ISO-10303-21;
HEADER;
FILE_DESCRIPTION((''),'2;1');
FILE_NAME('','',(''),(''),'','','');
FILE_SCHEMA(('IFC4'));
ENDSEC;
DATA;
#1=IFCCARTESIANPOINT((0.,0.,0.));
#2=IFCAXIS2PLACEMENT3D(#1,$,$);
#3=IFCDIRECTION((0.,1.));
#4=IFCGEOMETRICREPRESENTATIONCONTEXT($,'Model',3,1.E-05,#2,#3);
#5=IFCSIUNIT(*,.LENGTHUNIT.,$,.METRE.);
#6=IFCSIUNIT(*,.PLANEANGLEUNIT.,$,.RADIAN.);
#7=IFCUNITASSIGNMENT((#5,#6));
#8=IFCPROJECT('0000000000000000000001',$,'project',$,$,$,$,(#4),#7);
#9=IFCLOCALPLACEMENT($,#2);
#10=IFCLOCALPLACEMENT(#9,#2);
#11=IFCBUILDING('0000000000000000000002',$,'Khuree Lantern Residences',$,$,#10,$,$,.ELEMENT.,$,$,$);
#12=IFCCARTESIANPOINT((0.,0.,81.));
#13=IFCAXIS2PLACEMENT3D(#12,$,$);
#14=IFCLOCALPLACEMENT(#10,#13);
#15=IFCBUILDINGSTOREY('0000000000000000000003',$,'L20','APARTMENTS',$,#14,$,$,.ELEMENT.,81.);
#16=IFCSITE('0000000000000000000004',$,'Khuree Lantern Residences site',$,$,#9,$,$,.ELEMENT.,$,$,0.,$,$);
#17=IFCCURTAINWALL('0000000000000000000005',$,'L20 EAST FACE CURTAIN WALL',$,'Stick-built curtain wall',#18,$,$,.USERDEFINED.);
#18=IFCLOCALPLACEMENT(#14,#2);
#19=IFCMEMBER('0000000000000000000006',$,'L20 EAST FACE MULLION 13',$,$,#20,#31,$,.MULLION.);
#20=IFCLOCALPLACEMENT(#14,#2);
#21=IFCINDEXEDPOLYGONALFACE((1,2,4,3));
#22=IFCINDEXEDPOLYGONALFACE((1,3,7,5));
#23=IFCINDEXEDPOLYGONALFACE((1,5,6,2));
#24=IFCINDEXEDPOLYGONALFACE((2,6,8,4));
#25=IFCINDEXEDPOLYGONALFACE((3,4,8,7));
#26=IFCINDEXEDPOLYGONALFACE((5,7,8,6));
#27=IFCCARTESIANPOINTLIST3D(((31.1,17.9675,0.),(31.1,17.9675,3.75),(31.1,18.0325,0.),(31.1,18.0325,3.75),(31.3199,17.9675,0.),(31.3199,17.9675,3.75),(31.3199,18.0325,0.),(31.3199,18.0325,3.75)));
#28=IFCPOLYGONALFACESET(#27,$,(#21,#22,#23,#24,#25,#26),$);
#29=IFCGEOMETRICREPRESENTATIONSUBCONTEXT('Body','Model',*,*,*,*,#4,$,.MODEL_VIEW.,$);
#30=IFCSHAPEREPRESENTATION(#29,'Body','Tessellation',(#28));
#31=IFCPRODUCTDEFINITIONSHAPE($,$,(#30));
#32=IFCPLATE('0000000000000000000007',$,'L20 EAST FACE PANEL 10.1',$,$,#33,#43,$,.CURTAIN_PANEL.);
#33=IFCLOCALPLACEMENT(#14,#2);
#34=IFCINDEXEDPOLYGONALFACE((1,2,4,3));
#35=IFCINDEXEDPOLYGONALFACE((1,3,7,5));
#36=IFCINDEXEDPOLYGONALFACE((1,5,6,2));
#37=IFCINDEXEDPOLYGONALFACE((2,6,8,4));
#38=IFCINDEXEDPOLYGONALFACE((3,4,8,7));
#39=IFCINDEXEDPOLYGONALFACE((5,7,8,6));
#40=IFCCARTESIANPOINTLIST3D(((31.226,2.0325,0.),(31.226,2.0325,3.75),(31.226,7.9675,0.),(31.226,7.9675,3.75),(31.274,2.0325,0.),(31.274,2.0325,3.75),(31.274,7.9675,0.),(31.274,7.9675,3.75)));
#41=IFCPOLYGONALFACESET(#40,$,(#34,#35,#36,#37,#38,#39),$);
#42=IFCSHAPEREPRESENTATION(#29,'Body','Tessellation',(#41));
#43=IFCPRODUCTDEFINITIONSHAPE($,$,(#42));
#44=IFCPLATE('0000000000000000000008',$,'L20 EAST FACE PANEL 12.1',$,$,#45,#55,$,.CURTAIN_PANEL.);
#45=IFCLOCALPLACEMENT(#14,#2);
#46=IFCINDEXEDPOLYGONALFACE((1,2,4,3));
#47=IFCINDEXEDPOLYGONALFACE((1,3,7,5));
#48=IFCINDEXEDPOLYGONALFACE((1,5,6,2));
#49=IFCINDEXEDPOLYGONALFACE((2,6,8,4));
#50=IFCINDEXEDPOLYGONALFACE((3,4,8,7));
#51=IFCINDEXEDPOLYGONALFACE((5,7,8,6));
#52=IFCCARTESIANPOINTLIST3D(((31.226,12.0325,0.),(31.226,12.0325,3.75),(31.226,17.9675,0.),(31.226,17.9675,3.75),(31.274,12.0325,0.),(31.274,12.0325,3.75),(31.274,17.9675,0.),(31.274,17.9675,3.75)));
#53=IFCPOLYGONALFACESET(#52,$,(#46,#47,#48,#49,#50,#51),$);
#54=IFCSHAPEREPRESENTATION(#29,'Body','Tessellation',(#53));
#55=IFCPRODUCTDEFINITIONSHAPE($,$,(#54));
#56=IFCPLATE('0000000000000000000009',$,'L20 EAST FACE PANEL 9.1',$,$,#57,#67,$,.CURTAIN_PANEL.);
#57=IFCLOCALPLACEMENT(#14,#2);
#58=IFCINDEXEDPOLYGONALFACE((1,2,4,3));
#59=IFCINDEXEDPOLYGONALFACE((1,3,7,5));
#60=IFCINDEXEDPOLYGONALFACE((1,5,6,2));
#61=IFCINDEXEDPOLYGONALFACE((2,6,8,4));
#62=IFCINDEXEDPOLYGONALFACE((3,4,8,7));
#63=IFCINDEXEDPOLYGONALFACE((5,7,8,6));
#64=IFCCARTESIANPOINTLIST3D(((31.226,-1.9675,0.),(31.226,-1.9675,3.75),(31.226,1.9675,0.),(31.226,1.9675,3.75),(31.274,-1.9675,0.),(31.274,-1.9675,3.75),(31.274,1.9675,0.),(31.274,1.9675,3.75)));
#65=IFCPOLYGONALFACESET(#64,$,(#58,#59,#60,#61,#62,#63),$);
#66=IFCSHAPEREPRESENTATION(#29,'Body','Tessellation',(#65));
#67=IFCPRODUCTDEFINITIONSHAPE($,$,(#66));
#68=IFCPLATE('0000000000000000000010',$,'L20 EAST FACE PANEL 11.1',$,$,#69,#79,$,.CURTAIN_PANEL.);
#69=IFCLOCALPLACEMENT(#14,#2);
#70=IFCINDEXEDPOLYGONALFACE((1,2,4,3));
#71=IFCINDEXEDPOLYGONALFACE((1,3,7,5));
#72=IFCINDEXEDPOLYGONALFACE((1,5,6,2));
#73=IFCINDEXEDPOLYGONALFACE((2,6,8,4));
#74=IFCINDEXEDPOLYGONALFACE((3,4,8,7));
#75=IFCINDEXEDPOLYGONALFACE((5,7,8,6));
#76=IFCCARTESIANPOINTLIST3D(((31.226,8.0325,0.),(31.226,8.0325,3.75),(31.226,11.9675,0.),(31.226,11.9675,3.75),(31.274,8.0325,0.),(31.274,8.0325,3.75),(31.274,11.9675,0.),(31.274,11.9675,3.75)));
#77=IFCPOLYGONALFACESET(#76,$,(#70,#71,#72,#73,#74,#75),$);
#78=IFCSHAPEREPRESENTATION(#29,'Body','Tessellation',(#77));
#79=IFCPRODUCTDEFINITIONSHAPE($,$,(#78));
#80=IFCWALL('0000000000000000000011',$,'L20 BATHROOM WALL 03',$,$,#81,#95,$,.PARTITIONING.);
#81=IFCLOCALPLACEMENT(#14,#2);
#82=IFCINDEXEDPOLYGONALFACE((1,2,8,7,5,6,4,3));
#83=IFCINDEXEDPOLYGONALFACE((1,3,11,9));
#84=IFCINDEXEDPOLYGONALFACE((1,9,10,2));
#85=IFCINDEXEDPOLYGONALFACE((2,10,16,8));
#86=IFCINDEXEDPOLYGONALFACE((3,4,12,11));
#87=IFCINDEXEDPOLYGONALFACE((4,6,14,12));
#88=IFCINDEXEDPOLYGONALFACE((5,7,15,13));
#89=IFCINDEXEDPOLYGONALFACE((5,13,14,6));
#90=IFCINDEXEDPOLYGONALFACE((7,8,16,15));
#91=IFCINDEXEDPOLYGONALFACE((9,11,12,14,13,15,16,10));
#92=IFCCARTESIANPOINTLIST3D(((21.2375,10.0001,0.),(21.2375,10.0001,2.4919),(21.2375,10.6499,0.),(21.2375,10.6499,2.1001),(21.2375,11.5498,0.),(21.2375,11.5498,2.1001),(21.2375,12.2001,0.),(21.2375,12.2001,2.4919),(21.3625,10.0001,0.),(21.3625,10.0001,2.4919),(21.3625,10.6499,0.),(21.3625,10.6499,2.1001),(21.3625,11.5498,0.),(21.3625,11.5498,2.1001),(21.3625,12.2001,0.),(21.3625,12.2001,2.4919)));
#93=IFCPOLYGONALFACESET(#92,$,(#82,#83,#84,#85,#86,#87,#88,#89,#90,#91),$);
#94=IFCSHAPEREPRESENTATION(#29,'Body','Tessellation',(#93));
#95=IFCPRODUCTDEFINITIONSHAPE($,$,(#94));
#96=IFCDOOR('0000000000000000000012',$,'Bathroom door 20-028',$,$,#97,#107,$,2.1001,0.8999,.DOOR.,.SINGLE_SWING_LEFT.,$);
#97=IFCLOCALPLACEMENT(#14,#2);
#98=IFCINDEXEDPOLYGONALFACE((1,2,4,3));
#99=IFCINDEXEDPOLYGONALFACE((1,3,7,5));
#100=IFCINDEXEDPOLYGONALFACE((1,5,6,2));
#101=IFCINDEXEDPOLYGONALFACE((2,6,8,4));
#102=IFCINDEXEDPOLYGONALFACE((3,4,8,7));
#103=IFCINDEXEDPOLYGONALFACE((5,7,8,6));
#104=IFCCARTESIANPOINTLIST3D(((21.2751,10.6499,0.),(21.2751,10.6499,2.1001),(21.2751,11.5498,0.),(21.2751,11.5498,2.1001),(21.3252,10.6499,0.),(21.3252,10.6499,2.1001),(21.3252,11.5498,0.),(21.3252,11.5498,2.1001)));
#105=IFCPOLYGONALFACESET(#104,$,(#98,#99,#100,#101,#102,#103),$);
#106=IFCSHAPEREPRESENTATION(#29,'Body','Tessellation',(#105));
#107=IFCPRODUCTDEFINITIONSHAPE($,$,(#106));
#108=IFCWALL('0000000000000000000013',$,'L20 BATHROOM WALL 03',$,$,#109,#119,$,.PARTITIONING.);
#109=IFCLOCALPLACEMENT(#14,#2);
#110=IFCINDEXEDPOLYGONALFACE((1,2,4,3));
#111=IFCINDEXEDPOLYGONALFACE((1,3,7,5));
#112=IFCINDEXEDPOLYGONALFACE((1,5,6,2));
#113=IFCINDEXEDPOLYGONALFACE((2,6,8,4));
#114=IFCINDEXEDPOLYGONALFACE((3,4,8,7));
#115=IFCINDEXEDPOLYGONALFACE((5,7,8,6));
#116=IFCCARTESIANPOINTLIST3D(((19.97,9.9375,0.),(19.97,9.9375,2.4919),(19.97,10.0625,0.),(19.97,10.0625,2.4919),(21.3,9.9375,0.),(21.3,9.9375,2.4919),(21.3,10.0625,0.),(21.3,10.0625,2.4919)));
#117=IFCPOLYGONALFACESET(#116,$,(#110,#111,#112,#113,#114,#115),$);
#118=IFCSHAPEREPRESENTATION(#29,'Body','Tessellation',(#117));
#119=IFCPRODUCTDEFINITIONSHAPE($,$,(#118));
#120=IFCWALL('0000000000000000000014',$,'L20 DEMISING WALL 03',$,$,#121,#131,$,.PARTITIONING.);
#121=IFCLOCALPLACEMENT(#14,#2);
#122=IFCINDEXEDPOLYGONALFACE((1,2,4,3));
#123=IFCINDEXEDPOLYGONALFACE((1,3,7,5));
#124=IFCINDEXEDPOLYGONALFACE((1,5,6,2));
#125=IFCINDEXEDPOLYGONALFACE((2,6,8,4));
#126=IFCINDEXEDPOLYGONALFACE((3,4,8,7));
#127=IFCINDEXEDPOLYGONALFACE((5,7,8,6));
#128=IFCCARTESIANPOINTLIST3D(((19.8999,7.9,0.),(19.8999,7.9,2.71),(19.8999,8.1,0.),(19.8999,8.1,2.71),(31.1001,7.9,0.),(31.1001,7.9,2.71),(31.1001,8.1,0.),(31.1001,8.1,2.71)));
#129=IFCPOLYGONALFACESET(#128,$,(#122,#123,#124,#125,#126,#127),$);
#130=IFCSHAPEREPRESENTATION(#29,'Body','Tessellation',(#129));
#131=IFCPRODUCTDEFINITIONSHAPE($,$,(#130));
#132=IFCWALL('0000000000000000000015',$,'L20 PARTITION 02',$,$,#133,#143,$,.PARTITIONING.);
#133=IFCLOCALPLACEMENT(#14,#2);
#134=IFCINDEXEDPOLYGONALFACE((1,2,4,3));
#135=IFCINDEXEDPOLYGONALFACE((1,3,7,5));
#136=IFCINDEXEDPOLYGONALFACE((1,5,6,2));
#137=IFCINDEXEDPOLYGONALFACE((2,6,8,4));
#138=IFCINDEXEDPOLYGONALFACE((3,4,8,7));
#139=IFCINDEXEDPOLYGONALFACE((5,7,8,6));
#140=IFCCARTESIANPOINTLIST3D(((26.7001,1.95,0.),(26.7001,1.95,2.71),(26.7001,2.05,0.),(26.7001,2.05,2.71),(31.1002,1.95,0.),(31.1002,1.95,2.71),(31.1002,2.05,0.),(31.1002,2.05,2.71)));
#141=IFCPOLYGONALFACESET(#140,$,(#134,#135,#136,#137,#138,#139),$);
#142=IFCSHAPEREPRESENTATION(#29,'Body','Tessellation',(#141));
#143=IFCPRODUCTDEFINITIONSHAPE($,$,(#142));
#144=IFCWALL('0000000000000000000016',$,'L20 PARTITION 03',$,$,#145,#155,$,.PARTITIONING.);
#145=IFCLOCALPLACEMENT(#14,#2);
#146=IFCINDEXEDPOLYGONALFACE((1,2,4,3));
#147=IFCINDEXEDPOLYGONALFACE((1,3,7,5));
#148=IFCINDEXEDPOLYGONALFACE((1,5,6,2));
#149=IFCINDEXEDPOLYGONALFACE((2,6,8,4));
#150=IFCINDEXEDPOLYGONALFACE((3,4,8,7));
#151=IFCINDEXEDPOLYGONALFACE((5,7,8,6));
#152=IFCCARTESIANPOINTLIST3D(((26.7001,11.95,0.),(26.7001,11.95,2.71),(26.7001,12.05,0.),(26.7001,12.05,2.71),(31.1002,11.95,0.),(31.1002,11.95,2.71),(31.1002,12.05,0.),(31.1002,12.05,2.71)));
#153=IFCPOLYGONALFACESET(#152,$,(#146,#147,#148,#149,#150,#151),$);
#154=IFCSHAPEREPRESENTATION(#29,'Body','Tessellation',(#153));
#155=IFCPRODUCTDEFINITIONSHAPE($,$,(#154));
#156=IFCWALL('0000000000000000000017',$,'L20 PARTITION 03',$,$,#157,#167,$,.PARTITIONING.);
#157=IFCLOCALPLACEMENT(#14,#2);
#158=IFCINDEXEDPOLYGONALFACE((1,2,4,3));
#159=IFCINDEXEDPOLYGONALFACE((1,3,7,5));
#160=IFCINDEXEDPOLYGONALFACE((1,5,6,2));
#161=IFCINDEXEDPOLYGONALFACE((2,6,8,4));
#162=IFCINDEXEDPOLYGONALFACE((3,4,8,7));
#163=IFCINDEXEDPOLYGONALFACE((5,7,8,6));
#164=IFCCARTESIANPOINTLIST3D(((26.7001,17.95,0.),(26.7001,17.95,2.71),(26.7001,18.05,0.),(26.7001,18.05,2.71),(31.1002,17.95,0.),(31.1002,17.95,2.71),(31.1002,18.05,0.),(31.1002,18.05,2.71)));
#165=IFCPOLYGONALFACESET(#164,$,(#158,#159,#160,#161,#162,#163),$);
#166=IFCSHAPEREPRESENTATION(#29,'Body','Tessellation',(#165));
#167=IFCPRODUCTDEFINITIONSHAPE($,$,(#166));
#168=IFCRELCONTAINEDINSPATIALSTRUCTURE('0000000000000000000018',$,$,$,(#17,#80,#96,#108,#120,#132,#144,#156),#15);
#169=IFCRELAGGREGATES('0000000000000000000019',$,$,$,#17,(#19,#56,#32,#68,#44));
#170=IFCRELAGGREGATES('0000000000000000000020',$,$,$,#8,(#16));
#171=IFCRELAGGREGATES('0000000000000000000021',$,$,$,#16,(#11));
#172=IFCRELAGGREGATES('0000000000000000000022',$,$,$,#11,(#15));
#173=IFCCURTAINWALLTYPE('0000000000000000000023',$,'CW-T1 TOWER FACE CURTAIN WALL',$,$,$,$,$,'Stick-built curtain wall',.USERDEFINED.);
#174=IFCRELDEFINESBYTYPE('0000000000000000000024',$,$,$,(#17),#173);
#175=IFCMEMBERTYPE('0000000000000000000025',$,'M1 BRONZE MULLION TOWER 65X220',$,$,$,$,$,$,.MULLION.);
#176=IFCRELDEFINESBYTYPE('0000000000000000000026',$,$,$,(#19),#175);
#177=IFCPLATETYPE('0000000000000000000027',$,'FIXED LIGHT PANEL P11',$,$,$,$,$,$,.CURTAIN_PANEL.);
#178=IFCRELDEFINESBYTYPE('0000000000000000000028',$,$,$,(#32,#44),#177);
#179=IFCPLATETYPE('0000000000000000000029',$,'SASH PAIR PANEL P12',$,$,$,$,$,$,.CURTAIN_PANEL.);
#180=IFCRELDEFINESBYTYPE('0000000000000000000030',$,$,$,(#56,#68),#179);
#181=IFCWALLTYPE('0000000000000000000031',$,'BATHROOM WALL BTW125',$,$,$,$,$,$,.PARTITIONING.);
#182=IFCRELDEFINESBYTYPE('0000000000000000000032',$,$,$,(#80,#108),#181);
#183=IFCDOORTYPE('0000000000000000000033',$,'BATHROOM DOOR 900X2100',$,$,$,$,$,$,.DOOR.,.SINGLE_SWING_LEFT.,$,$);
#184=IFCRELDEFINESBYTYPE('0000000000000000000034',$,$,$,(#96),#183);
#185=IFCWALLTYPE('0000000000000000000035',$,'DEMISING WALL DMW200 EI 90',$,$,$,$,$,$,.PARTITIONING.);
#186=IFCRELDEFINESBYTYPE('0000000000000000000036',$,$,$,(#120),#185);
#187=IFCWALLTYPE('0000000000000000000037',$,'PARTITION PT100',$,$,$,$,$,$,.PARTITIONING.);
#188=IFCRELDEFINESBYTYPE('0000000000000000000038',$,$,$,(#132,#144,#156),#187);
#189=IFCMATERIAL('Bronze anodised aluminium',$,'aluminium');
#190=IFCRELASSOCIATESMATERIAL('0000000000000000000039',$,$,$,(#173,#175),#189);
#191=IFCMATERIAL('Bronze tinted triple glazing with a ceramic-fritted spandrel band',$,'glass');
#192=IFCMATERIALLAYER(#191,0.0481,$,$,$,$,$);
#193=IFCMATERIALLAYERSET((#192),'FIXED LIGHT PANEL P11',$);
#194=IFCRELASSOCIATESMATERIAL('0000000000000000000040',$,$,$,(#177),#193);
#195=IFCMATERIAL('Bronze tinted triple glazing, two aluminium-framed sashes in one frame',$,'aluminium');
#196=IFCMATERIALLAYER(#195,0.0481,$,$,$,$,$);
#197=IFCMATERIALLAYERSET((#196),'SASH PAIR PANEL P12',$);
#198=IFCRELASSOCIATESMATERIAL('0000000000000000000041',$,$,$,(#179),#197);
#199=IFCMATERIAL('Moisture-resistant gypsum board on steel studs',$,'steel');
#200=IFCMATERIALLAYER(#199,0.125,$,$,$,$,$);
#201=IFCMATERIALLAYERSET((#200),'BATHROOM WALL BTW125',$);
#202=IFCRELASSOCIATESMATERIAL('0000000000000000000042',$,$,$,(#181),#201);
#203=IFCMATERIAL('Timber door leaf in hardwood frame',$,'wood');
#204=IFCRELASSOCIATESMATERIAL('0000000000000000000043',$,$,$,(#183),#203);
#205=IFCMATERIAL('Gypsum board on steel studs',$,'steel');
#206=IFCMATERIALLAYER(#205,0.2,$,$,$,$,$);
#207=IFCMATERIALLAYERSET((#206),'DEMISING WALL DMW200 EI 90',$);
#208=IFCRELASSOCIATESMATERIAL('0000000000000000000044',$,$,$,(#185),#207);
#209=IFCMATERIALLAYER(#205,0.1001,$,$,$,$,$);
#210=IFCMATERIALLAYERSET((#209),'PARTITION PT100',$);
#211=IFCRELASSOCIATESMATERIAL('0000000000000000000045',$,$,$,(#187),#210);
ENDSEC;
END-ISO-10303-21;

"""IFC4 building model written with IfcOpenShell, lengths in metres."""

from ifc_helpers import new_model, si_unit, direction, frame, frame_2d, origin, origin_2d, place, context, subcontext, project, spatial, rectangle, extrude, material, layer, layer_set, material_profile, profile_set, type_object, element, fill, aggregate, save


model = new_model("IFC4")

# Units and contexts
model_context = context("Model", 3, precision=1e-05, world=origin(), true_north=direction((0.0, 1.0)))
body_context = subcontext(model_context, "Body", "Model", "MODEL_VIEW")
ifc_project = project(units=[si_unit("LENGTHUNIT", "METRE"), si_unit("PLANEANGLEUNIT", "RADIAN")], contexts=[model_context])

# Site, building, storey
site_placement = place(None, origin())
site = spatial("IfcSite", under=ifc_project, at=site_placement, Name="Khuree Lantern Residences site", CompositionType="ELEMENT", RefElevation=0.0)
building_placement = place(site_placement, origin())
building = spatial("IfcBuilding", under=site, at=building_placement, Name="Khuree Lantern Residences", CompositionType="ELEMENT")
storey_placement = place(building_placement, frame((0.0, 0.0, 81.0)))
storey = spatial("IfcBuildingStorey", under=building, at=storey_placement, Name="L20", Description="APARTMENTS", CompositionType="ELEMENT", Elevation=81.0)

# Curtain wall
ifc_material_1 = material(Name="Bronze anodised aluminium", Category="aluminium")
curtain_wall_type = type_object("IfcCurtainWallType", Name="CW-T1 TOWER FACE CURTAIN WALL", ElementType="Stick-built curtain wall", PredefinedType="USERDEFINED", material=ifc_material_1)
curtain_wall_placement = place(storey_placement, origin())
curtain_wall = element("IfcCurtainWall", 1, at=curtain_wall_placement, inside=storey, type_object=curtain_wall_type, Name="L20 EAST FACE CURTAIN WALL", ObjectType="Stick-built curtain wall", PredefinedType="USERDEFINED")

# Member
ifc_material_profile_1 = material_profile(ifc_material_1, rectangle(XDim=0.0649, YDim=0.22, at=origin_2d()), Name="M1 65X220")
ifc_profile_set_1 = profile_set([ifc_material_profile_1], Name="Bronze anodised aluminium")
member_type_1 = type_object("IfcMemberType", Name="M1 BRONZE MULLION TOWER 65X220", PredefinedType="MULLION", material=ifc_profile_set_1)
member_1_placement = place(storey_placement, frame((31.21, 18.0, 0.0), z_axis=(0.0, 0.0, 1.0), x_axis=(0.0, 1.0, 0.0)))
member_1 = element("IfcMember", 2, at=member_1_placement, type_object=member_type_1, Name="L20 EAST FACE MULLION 13", PredefinedType="MULLION", context=body_context, shape_type="SweptSolid", body=[
    extrude(rectangle(XDim=0.0649, YDim=0.22, at=origin_2d()), origin(), (0.0, 0.0, 1.0), 3.75),
])

# Plates
ifc_material_2 = material(Name="Bronze tinted triple glazing with a ceramic-fritted spandrel band", Category="glass")
ifc_layer_1 = layer(ifc_material_2, 0.0481)
ifc_layer_set_1 = layer_set([ifc_layer_1], Name="FIXED LIGHT PANEL P11")
plate_type_1 = type_object("IfcPlateType", Name="FIXED LIGHT PANEL P11", PredefinedType="CURTAIN_PANEL", material=ifc_layer_set_1)
plate_1_placement = place(storey_placement, frame((31.25, 5.0, 0.0), z_axis=(0.0, 0.0, 1.0), x_axis=(0.0, 1.0, 0.0)))
plate_1 = element("IfcPlate", 3, at=plate_1_placement, type_object=plate_type_1, Name="L20 EAST FACE PANEL 10.1", PredefinedType="CURTAIN_PANEL", context=body_context, shape_type="SweptSolid", body=[
    extrude(rectangle(XDim=5.9351, YDim=0.0481, at=origin_2d()), origin(), (0.0, 0.0, 1.0), 3.75),
])
plate_2_placement = place(storey_placement, frame((31.25, 15.0, 0.0), z_axis=(0.0, 0.0, 1.0), x_axis=(0.0, 1.0, 0.0)))
plate_2 = element("IfcPlate", 4, at=plate_2_placement, type_object=plate_type_1, Name="L20 EAST FACE PANEL 12.1", PredefinedType="CURTAIN_PANEL", context=body_context, shape_type="SweptSolid", body=[
    extrude(rectangle(XDim=5.9351, YDim=0.0481, at=origin_2d()), origin(), (0.0, 0.0, 1.0), 3.75),
])
ifc_material_3 = material(Name="Bronze tinted triple glazing, two aluminium-framed sashes in one frame", Category="aluminium")
ifc_layer_2 = layer(ifc_material_3, 0.0481)
ifc_layer_set_2 = layer_set([ifc_layer_2], Name="SASH PAIR PANEL P12")
plate_type_2 = type_object("IfcPlateType", Name="SASH PAIR PANEL P12", PredefinedType="CURTAIN_PANEL", material=ifc_layer_set_2)
plate_3_placement = place(storey_placement, frame((31.25, 0.0, 0.0), z_axis=(0.0, 0.0, 1.0), x_axis=(0.0, 1.0, 0.0)))
plate_3 = element("IfcPlate", 5, at=plate_3_placement, type_object=plate_type_2, Name="L20 EAST FACE PANEL 9.1", PredefinedType="CURTAIN_PANEL", context=body_context, shape_type="SweptSolid", body=[
    extrude(rectangle(XDim=3.9351, YDim=0.0481, at=origin_2d()), origin(), (0.0, 0.0, 1.0), 3.75),
])
plate_4_placement = place(storey_placement, frame((31.25, 10.0, 0.0), z_axis=(0.0, 0.0, 1.0), x_axis=(0.0, 1.0, 0.0)))
plate_4 = element("IfcPlate", 6, at=plate_4_placement, type_object=plate_type_2, Name="L20 EAST FACE PANEL 11.1", PredefinedType="CURTAIN_PANEL", context=body_context, shape_type="SweptSolid", body=[
    extrude(rectangle(XDim=3.9351, YDim=0.0481, at=origin_2d()), origin(), (0.0, 0.0, 1.0), 3.75),
])
aggregate(curtain_wall, [member_1, plate_3, plate_1, plate_4, plate_2])

# Wall, opening, door
ifc_material_4 = material(Name="Moisture-resistant gypsum board on steel studs", Category="steel")
ifc_layer_3 = layer(ifc_material_4, 0.125)
ifc_layer_set_3 = layer_set([ifc_layer_3], Name="BATHROOM WALL BTW125")
wall_type_1 = type_object("IfcWallType", Name="BATHROOM WALL BTW125", PredefinedType="PARTITIONING", material=ifc_layer_set_3)
wall_1_placement = place(storey_placement, frame((21.3, 10.0, 0.0), z_axis=(0.0, 0.0, 1.0), x_axis=(0.0, 1.0, 0.0)))
wall_1 = element("IfcWall", 7, at=wall_1_placement, inside=storey, type_object=wall_type_1, Name="L20 BATHROOM WALL 03", PredefinedType="PARTITIONING", context=body_context, shape_type="SweptSolid", body=[
    extrude(rectangle(XDim=2.2, YDim=0.125, at=frame_2d((1.1001, 0.0))), origin(), (0.0, 0.0, 1.0), 2.4919),
])
opening_1_placement = place(wall_1_placement, frame((0.6499, 0.0, 0.0)))
opening_1 = element("IfcOpeningElement", 8, at=opening_1_placement, cuts=wall_1, PredefinedType="OPENING", context=body_context, shape_type="SweptSolid", body=[
    extrude(rectangle(XDim=0.8999, YDim=2.1001, at=frame_2d((0.45, 1.05))), frame((0.0, 0.0725, 0.0), z_axis=(0.0, -1.0, 0.0), x_axis=(1.0, 0.0, 0.0)), (0.0, 0.0, 1.0), 0.145),
])
ifc_material_5 = material(Name="Timber door leaf in hardwood frame", Category="wood")
door_type_1 = type_object("IfcDoorType", Name="BATHROOM DOOR 900X2100", OperationType="SINGLE_SWING_LEFT", PredefinedType="DOOR", material=ifc_material_5)
door_1_placement = place(opening_1_placement, origin())
door_1 = element("IfcDoor", 9, at=door_1_placement, inside=storey, type_object=door_type_1, Name="Bathroom door 20-028", OperationType="SINGLE_SWING_LEFT", OverallHeight=2.1001, OverallWidth=0.8999, PredefinedType="DOOR", context=body_context, shape_type="SweptSolid", body=[
    extrude(rectangle(XDim=0.8999, YDim=2.1001, at=frame_2d((0.45, 1.05))), frame((0.0, 0.0249, 0.0), z_axis=(0.0, -1.0, 0.0), x_axis=(1.0, 0.0, 0.0)), (0.0, 0.0, 1.0), 0.05),
])
fill(opening_1, door_1)

# Walls
wall_2_placement = place(storey_placement, frame((19.97, 10.0, 0.0), z_axis=(0.0, 0.0, 1.0), x_axis=(1.0, 0.0, 0.0)))
element("IfcWall", 10, at=wall_2_placement, inside=storey, type_object=wall_type_1, Name="L20 BATHROOM WALL 03", PredefinedType="PARTITIONING", context=body_context, shape_type="SweptSolid", body=[
    extrude(rectangle(XDim=1.3301, YDim=0.125, at=frame_2d((0.665, 0.0))), origin(), (0.0, 0.0, 1.0), 2.4919),
])
ifc_material_6 = material(Name="Gypsum board on steel studs", Category="steel")
ifc_layer_4 = layer(ifc_material_6, 0.2)
ifc_layer_set_4 = layer_set([ifc_layer_4], Name="DEMISING WALL DMW200 EI 90")
wall_type_2 = type_object("IfcWallType", Name="DEMISING WALL DMW200 EI 90", PredefinedType="PARTITIONING", material=ifc_layer_set_4)
wall_3_placement = place(storey_placement, frame((19.8999, 8.0, 0.0), z_axis=(0.0, 0.0, 1.0), x_axis=(1.0, 0.0, 0.0)))
element("IfcWall", 11, at=wall_3_placement, inside=storey, type_object=wall_type_2, Name="L20 DEMISING WALL 03", PredefinedType="PARTITIONING", context=body_context, shape_type="SweptSolid", body=[
    extrude(rectangle(XDim=11.2002, YDim=0.2, at=frame_2d((5.6001, 0.0))), origin(), (0.0, 0.0, 1.0), 2.71),
])
ifc_layer_5 = layer(ifc_material_6, 0.1001)
ifc_layer_set_5 = layer_set([ifc_layer_5], Name="PARTITION PT100")
wall_type_3 = type_object("IfcWallType", Name="PARTITION PT100", PredefinedType="PARTITIONING", material=ifc_layer_set_5)
for number, where, z_axis, x_axis, name in (
    (12, (26.7, 2.0, 0.0), (0.0, 0.0, 1.0), (1.0, 0.0, 0.0), "L20 PARTITION 02"),
    (13, (26.7, 12.0, 0.0), (0.0, 0.0, 1.0), (1.0, 0.0, 0.0), "L20 PARTITION 03"),
    (14, (26.7, 18.0, 0.0), (0.0, 0.0, 1.0), (1.0, 0.0, 0.0), "L20 PARTITION 03"),
):
    element("IfcWall", number, at=place(storey_placement, frame(where, z_axis=z_axis, x_axis=x_axis)), inside=storey, type_object=wall_type_3, Name=name, PredefinedType="PARTITIONING", context=body_context, shape_type="SweptSolid", body=[
        extrude(rectangle(XDim=4.4001, YDim=0.1001, at=frame_2d((2.2002, 0.0))), origin(), (0.0, 0.0, 1.0), 2.71),
    ])

save(model, "model.ifc")
